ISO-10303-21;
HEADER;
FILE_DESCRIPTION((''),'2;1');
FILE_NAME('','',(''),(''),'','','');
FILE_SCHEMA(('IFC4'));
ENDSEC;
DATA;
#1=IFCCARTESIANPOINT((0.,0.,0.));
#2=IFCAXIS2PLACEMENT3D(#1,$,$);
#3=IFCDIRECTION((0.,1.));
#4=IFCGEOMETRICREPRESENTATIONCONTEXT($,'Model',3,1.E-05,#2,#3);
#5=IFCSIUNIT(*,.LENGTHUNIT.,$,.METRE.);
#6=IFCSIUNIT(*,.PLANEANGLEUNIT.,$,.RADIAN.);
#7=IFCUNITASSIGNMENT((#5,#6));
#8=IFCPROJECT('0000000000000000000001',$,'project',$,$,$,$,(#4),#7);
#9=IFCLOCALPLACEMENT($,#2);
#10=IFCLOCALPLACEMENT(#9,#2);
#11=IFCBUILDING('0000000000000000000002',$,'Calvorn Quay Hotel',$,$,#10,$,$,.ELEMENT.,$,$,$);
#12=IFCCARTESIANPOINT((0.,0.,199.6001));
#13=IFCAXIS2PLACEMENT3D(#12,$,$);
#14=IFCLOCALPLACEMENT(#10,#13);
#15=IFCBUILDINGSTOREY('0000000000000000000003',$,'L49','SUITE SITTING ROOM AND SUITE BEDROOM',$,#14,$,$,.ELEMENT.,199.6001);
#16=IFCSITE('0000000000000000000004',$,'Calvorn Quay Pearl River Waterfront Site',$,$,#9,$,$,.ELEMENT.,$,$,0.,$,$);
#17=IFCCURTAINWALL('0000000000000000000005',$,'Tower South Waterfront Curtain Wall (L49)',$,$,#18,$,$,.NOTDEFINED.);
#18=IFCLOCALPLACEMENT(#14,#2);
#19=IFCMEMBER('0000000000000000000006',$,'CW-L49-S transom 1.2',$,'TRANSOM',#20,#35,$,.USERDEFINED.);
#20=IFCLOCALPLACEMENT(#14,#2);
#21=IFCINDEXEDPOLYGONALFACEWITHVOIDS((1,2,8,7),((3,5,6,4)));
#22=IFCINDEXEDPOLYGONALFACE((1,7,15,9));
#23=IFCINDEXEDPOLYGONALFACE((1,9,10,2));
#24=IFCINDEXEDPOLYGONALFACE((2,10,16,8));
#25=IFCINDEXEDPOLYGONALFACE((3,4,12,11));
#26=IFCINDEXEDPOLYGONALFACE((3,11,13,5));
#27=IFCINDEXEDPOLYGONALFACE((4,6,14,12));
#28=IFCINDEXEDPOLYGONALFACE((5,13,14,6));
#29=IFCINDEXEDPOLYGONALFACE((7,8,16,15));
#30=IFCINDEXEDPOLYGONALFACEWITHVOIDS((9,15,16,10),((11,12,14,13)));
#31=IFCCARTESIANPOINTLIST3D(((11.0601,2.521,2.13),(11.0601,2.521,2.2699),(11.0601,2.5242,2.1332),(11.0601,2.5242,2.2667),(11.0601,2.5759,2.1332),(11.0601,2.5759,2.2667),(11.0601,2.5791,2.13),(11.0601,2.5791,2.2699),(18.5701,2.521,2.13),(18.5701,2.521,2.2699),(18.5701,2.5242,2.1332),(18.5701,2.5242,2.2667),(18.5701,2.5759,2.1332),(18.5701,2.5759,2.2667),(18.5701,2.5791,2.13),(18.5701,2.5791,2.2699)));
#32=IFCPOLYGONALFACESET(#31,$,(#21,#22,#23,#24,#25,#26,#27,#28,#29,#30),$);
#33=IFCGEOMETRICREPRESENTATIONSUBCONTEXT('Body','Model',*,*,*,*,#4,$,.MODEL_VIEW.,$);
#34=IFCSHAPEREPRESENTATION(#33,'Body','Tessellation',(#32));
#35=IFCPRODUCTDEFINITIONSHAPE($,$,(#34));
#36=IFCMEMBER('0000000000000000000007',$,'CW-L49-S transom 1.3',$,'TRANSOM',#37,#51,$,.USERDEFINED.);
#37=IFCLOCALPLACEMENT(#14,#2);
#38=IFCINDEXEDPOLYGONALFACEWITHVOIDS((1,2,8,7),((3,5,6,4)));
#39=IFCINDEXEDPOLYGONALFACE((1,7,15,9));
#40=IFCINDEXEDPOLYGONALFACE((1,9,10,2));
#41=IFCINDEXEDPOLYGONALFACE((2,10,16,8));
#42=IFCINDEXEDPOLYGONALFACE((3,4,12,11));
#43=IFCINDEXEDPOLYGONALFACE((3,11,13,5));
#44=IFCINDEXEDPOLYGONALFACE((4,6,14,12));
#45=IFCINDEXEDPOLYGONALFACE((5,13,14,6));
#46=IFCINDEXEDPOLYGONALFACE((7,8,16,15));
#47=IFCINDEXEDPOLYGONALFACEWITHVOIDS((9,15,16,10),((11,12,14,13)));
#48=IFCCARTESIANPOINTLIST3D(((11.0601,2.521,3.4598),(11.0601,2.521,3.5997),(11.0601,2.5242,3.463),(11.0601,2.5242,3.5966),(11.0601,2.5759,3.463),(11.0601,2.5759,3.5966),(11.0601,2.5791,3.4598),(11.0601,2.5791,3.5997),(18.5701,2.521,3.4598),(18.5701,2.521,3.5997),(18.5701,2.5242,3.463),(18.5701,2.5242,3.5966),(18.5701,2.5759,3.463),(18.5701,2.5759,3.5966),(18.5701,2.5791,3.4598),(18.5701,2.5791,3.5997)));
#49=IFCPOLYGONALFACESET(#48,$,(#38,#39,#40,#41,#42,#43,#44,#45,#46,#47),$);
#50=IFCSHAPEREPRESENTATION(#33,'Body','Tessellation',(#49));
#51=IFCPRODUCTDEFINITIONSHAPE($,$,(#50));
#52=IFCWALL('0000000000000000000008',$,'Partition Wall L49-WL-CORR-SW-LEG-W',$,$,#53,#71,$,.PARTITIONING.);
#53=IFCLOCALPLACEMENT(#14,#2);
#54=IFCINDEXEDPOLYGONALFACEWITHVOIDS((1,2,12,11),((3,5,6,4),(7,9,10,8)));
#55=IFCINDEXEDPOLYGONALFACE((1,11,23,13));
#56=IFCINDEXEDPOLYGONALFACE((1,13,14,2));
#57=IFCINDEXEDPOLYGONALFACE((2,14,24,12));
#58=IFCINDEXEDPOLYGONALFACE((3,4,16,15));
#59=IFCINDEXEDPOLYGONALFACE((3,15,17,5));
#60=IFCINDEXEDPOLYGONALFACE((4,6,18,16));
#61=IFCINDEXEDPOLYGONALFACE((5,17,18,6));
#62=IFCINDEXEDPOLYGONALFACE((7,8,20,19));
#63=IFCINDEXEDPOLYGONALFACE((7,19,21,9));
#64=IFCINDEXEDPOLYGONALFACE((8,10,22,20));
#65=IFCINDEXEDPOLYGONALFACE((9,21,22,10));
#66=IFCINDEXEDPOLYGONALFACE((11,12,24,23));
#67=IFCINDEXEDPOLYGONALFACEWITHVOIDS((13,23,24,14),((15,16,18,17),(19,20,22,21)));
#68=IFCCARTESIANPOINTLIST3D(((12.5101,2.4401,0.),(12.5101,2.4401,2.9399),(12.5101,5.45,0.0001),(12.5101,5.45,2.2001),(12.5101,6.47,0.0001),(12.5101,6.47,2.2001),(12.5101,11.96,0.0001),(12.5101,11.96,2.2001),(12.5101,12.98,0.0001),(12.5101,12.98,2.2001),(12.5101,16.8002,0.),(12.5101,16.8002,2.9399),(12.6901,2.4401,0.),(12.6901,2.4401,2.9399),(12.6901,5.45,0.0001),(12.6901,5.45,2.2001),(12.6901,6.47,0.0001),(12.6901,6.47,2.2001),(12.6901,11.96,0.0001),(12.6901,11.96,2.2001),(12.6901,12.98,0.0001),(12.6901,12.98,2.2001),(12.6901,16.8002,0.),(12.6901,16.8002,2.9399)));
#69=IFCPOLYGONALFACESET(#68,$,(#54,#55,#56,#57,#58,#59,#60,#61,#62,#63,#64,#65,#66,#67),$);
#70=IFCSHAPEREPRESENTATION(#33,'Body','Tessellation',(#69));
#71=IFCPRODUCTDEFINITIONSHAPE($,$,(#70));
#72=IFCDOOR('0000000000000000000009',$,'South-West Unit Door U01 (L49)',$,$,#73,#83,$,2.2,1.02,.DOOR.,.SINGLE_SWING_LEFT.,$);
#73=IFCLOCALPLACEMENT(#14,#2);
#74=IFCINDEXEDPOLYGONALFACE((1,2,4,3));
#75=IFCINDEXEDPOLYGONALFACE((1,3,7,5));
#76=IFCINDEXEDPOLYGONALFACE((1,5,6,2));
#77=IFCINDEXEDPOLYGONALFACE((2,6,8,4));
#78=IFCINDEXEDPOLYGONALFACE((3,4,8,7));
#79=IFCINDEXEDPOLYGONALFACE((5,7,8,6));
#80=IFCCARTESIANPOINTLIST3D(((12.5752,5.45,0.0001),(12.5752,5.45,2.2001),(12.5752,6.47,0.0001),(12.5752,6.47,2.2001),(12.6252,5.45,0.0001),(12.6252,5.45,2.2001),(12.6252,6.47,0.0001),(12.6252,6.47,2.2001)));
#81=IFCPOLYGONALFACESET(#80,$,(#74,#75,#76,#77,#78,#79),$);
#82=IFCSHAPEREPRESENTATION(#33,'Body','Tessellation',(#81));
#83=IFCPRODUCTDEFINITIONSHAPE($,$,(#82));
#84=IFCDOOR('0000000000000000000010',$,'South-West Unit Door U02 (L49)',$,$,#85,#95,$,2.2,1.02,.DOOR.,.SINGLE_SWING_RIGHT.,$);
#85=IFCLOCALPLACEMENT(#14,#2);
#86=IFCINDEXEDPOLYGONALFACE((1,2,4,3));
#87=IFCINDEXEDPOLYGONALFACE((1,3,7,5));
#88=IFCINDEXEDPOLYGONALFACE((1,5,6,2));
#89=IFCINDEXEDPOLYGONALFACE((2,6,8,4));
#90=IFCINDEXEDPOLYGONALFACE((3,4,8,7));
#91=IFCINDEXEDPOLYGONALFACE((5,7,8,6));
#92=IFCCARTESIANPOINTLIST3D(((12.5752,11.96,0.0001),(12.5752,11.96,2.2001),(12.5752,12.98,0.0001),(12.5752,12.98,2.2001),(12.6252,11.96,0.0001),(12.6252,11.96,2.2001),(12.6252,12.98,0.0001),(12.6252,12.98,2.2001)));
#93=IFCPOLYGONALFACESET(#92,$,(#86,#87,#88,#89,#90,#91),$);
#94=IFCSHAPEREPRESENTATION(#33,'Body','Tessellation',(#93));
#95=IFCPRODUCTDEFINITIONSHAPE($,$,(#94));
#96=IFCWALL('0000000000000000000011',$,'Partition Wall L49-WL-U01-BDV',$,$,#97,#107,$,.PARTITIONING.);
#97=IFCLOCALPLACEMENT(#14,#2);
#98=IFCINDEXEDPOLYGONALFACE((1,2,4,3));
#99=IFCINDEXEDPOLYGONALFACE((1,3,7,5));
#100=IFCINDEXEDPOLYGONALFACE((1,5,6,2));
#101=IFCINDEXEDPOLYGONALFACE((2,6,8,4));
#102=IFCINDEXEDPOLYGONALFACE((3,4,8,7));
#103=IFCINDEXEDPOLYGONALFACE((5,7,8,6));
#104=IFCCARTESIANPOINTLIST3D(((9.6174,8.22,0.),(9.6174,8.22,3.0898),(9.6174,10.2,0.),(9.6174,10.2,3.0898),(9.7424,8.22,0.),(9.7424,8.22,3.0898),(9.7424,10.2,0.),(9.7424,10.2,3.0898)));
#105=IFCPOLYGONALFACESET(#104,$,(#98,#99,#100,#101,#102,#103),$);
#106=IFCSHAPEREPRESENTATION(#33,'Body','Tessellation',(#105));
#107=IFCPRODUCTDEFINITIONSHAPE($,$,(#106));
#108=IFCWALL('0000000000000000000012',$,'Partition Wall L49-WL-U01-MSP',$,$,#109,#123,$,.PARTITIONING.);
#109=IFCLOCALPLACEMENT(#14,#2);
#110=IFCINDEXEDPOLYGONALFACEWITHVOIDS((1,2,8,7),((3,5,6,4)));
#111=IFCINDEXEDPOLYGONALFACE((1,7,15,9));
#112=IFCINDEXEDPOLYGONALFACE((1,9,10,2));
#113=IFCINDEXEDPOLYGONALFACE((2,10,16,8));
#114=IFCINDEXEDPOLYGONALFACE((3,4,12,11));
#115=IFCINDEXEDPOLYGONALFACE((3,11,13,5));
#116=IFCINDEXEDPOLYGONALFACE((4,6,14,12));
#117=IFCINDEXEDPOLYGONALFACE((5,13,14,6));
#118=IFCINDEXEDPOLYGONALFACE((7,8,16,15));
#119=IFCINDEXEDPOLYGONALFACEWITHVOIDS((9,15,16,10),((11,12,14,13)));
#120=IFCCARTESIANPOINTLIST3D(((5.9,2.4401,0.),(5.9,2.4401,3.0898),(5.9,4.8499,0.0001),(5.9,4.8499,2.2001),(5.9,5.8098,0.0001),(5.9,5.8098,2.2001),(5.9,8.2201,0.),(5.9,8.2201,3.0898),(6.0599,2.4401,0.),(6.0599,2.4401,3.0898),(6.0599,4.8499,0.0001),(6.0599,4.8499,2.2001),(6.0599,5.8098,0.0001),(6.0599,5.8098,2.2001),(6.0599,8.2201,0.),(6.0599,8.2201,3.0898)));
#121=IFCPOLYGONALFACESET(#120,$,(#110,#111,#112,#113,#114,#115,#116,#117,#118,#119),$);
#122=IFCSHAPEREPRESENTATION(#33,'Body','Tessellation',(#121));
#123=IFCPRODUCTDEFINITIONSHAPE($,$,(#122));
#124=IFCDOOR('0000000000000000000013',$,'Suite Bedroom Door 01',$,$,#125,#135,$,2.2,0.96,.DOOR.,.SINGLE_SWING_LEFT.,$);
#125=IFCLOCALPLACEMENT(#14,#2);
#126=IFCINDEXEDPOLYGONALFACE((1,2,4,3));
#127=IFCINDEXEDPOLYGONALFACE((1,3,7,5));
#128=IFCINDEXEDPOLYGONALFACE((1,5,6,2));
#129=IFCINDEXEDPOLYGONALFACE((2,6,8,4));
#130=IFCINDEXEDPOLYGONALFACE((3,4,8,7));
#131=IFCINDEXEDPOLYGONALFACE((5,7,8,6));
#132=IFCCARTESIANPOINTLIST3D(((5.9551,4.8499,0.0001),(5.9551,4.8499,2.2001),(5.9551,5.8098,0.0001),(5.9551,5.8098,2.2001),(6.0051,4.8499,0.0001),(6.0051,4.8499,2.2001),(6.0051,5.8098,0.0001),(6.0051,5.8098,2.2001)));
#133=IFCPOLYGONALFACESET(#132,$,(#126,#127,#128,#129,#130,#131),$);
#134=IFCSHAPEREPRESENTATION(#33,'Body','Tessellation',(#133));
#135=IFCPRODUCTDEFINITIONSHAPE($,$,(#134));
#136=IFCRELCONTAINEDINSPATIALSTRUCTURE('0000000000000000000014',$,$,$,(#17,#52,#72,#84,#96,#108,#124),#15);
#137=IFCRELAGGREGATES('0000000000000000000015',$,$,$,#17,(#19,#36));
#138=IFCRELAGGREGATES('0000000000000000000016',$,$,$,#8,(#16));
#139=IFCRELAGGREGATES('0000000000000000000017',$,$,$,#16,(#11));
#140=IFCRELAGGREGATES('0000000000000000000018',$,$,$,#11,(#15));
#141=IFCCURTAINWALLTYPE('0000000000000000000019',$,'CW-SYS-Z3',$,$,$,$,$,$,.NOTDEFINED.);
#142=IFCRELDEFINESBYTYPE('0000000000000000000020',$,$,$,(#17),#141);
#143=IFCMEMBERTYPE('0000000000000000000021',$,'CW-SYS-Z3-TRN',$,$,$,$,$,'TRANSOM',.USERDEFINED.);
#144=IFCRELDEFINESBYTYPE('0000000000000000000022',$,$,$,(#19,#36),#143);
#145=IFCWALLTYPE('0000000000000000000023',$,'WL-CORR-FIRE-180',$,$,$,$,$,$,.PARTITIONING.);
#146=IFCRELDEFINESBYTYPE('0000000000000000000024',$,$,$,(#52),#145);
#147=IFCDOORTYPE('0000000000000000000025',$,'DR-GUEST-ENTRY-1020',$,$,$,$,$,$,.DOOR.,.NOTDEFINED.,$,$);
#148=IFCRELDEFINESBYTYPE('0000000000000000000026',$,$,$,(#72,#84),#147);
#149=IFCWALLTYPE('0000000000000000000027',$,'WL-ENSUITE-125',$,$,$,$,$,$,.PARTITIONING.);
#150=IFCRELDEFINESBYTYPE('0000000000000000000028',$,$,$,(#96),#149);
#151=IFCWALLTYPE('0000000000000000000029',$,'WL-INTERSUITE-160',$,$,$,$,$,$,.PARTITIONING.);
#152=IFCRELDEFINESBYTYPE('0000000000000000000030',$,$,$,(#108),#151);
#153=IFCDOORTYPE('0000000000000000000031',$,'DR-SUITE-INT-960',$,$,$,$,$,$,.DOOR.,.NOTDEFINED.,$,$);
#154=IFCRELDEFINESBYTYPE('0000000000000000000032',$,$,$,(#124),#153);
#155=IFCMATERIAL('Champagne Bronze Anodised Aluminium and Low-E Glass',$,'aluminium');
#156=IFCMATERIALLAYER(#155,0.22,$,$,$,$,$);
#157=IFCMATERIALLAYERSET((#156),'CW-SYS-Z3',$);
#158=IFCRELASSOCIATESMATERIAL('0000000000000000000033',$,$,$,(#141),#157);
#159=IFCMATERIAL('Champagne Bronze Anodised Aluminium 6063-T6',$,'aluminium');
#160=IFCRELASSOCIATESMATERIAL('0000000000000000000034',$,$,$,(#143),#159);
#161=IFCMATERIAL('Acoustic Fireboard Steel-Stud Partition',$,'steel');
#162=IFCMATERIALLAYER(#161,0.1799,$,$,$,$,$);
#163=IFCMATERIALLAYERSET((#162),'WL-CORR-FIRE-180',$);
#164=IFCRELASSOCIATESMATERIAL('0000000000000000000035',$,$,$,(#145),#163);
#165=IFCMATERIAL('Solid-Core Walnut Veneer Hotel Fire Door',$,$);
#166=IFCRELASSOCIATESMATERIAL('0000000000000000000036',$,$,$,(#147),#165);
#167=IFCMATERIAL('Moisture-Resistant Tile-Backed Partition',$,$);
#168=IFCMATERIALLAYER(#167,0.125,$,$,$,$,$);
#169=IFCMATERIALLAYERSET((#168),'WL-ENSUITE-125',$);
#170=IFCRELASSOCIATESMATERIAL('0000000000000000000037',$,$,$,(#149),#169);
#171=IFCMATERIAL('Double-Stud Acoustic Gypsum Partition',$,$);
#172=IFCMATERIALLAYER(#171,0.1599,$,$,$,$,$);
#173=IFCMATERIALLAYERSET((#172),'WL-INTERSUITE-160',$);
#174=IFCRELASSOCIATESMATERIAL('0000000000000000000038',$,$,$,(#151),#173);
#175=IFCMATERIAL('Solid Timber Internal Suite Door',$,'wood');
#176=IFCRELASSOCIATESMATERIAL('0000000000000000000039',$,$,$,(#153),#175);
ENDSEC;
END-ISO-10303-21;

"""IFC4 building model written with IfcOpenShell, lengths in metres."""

from ifc_helpers import new_model, si_unit, direction, frame, frame_2d, origin, origin_2d, place, context, subcontext, project, spatial, rectangle, hollow_rectangle, extrude, material, layer, layer_set, material_profile, profile_set, type_object, element, fill, aggregate, save


model = new_model("IFC4")

# Units and contexts
model_context = context("Model", 3, precision=1e-05, world=origin(), true_north=direction((0.0, 1.0)))
body_context = subcontext(model_context, "Body", "Model", "MODEL_VIEW")
ifc_project = project(units=[si_unit("LENGTHUNIT", "METRE"), si_unit("PLANEANGLEUNIT", "RADIAN")], contexts=[model_context])

# Site, building, storey
site_placement = place(None, origin())
site = spatial("IfcSite", under=ifc_project, at=site_placement, Name="Calvorn Quay Pearl River Waterfront Site", CompositionType="ELEMENT", RefElevation=0.0)
building_placement = place(site_placement, origin())
building = spatial("IfcBuilding", under=site, at=building_placement, Name="Calvorn Quay Hotel", CompositionType="ELEMENT")
storey_placement = place(building_placement, frame((0.0, 0.0, 199.6001)))
storey = spatial("IfcBuildingStorey", under=building, at=storey_placement, Name="L49", Description="SUITE SITTING ROOM AND SUITE BEDROOM", CompositionType="ELEMENT", Elevation=199.6001)

# Curtain wall, members
ifc_material_1 = material(Name="Champagne Bronze Anodised Aluminium and Low-E Glass", Category="aluminium")
ifc_layer_1 = layer(ifc_material_1, 0.22)
ifc_layer_set_1 = layer_set([ifc_layer_1], Name="CW-SYS-Z3")
curtain_wall_type = type_object("IfcCurtainWallType", Name="CW-SYS-Z3", PredefinedType="NOTDEFINED", material=ifc_layer_set_1)
curtain_wall_placement = place(storey_placement, origin())
curtain_wall = element("IfcCurtainWall", 1, at=curtain_wall_placement, inside=storey, type_object=curtain_wall_type, Name="Tower South Waterfront Curtain Wall (L49)", PredefinedType="NOTDEFINED")
ifc_material_2 = material(Name="Champagne Bronze Anodised Aluminium 6063-T6", Category="aluminium")
ifc_material_profile_1 = material_profile(ifc_material_2, hollow_rectangle(XDim=0.0581, YDim=0.1399, WallThickness=0.0032, at=origin_2d()), Name="ALU-T140x58x3.2")
ifc_profile_set_1 = profile_set([ifc_material_profile_1], Name="Champagne Bronze Anodised Aluminium 6063-T6")
member_type_1 = type_object("IfcMemberType", Name="CW-SYS-Z3-TRN", ElementType="TRANSOM", PredefinedType="USERDEFINED", material=ifc_profile_set_1)
member_1_placement = place(storey_placement, frame((11.0601, 2.55, 2.2), z_axis=(1.0, 0.0, 0.0), x_axis=(0.0, 1.0, 0.0)))
member_1 = element("IfcMember", 2, at=member_1_placement, type_object=member_type_1, Name="CW-L49-S transom 1.2", ObjectType="TRANSOM", PredefinedType="USERDEFINED", context=body_context, shape_type="SweptSolid", body=[
    extrude(hollow_rectangle(XDim=0.0581, YDim=0.1399, WallThickness=0.0032, at=origin_2d()), origin(), (0.0, 0.0, 1.0), 7.51),
])
member_2_placement = place(storey_placement, frame((11.0601, 2.55, 3.5298), z_axis=(1.0, 0.0, 0.0), x_axis=(0.0, 1.0, 0.0)))
member_2 = element("IfcMember", 3, at=member_2_placement, type_object=member_type_1, Name="CW-L49-S transom 1.3", ObjectType="TRANSOM", PredefinedType="USERDEFINED", context=body_context, shape_type="SweptSolid", body=[
    extrude(hollow_rectangle(XDim=0.0581, YDim=0.1399, WallThickness=0.0032, at=origin_2d()), origin(), (0.0, 0.0, 1.0), 7.51),
])
aggregate(curtain_wall, [member_1, member_2])

# Wall, openings, doors
ifc_material_3 = material(Name="Acoustic Fireboard Steel-Stud Partition", Category="steel")
ifc_layer_2 = layer(ifc_material_3, 0.1799)
ifc_layer_set_2 = layer_set([ifc_layer_2], Name="WL-CORR-FIRE-180")
wall_type_1 = type_object("IfcWallType", Name="WL-CORR-FIRE-180", PredefinedType="PARTITIONING", material=ifc_layer_set_2)
wall_1_placement = place(storey_placement, frame((12.6001, 2.4399, 0.0), z_axis=(0.0, 0.0, 1.0), x_axis=(0.0, 1.0, 0.0)))
wall_1 = element("IfcWall", 4, at=wall_1_placement, inside=storey, type_object=wall_type_1, Name="Partition Wall L49-WL-CORR-SW-LEG-W", PredefinedType="PARTITIONING", context=body_context, shape_type="SweptSolid", body=[
    extrude(rectangle(XDim=14.3601, YDim=0.1799, at=frame_2d((7.1802, 0.0))), origin(), (0.0, 0.0, 1.0), 2.9399),
])
opening_1_placement = place(wall_1_placement, frame((3.01, 0.0, 0.0)))
opening_1 = element("IfcOpeningElement", 5, at=opening_1_placement, cuts=wall_1, PredefinedType="OPENING", context=body_context, shape_type="SweptSolid", body=[
    extrude(rectangle(XDim=1.02, YDim=2.2, at=frame_2d((0.51, 1.1001))), frame((0.0, 0.0999, 0.0), z_axis=(0.0, -1.0, 0.0), x_axis=(1.0, 0.0, 0.0)), (0.0, 0.0, 1.0), 0.2),
])
opening_2_placement = place(wall_1_placement, frame((9.52, 0.0, 0.0)))
opening_2 = element("IfcOpeningElement", 6, at=opening_2_placement, cuts=wall_1, PredefinedType="OPENING", context=body_context, shape_type="SweptSolid", body=[
    extrude(rectangle(XDim=1.02, YDim=2.2, at=frame_2d((0.51, 1.1001))), frame((0.0, 0.0999, 0.0), z_axis=(0.0, -1.0, 0.0), x_axis=(1.0, 0.0, 0.0)), (0.0, 0.0, 1.0), 0.2),
])
ifc_material_4 = material(Name="Solid-Core Walnut Veneer Hotel Fire Door")
door_type_1 = type_object("IfcDoorType", Name="DR-GUEST-ENTRY-1020", OperationType="NOTDEFINED", PredefinedType="DOOR", material=ifc_material_4)
door_1_placement = place(opening_1_placement, origin())
door_1 = element("IfcDoor", 7, at=door_1_placement, inside=storey, type_object=door_type_1, Name="South-West Unit Door U01 (L49)", OperationType="SINGLE_SWING_LEFT", OverallHeight=2.2, OverallWidth=1.02, PredefinedType="DOOR", context=body_context, shape_type="SweptSolid", body=[
    extrude(rectangle(XDim=1.02, YDim=2.2, at=frame_2d((0.51, 1.1001))), frame((0.0, 0.0249, 0.0), z_axis=(0.0, -1.0, 0.0), x_axis=(1.0, 0.0, 0.0)), (0.0, 0.0, 1.0), 0.05),
])
fill(opening_1, door_1)
door_2_placement = place(opening_2_placement, origin())
door_2 = element("IfcDoor", 8, at=door_2_placement, inside=storey, type_object=door_type_1, Name="South-West Unit Door U02 (L49)", OperationType="SINGLE_SWING_RIGHT", OverallHeight=2.2, OverallWidth=1.02, PredefinedType="DOOR", context=body_context, shape_type="SweptSolid", body=[
    extrude(rectangle(XDim=1.02, YDim=2.2, at=frame_2d((0.51, 1.1001))), frame((0.0, 0.0249, 0.0), z_axis=(0.0, -1.0, 0.0), x_axis=(1.0, 0.0, 0.0)), (0.0, 0.0, 1.0), 0.05),
])
fill(opening_2, door_2)

# Wall
ifc_material_5 = material(Name="Moisture-Resistant Tile-Backed Partition")
ifc_layer_3 = layer(ifc_material_5, 0.125)
ifc_layer_set_3 = layer_set([ifc_layer_3], Name="WL-ENSUITE-125")
wall_type_2 = type_object("IfcWallType", Name="WL-ENSUITE-125", PredefinedType="PARTITIONING", material=ifc_layer_set_3)
wall_2_placement = place(storey_placement, frame((9.6799, 8.22, 0.0), z_axis=(0.0, 0.0, 1.0), x_axis=(0.0, 1.0, 0.0)))
element("IfcWall", 9, at=wall_2_placement, inside=storey, type_object=wall_type_2, Name="Partition Wall L49-WL-U01-BDV", PredefinedType="PARTITIONING", context=body_context, shape_type="SweptSolid", body=[
    extrude(rectangle(XDim=1.98, YDim=0.125, at=frame_2d((0.99, 0.0))), origin(), (0.0, 0.0, 1.0), 3.0898),
])

# Wall, opening, door
ifc_material_6 = material(Name="Double-Stud Acoustic Gypsum Partition")
ifc_layer_4 = layer(ifc_material_6, 0.1599)
ifc_layer_set_4 = layer_set([ifc_layer_4], Name="WL-INTERSUITE-160")
wall_type_3 = type_object("IfcWallType", Name="WL-INTERSUITE-160", PredefinedType="PARTITIONING", material=ifc_layer_set_4)
wall_3_placement = place(storey_placement, frame((5.98, 2.4399, 0.0), z_axis=(0.0, 0.0, 1.0), x_axis=(0.0, 1.0, 0.0)))
wall_3 = element("IfcWall", 10, at=wall_3_placement, inside=storey, type_object=wall_type_3, Name="Partition Wall L49-WL-U01-MSP", PredefinedType="PARTITIONING", context=body_context, shape_type="SweptSolid", body=[
    extrude(rectangle(XDim=5.78, YDim=0.1599, at=frame_2d((2.8901, 0.0))), origin(), (0.0, 0.0, 1.0), 3.0898),
])
opening_3_placement = place(wall_3_placement, frame((2.4099, 0.0, 0.0)))
opening_3 = element("IfcOpeningElement", 11, at=opening_3_placement, cuts=wall_3, PredefinedType="OPENING", context=body_context, shape_type="SweptSolid", body=[
    extrude(rectangle(XDim=0.96, YDim=2.2, at=frame_2d((0.48, 1.1001))), frame((0.0, 0.0898, 0.0), z_axis=(0.0, -1.0, 0.0), x_axis=(1.0, 0.0, 0.0)), (0.0, 0.0, 1.0), 0.1799),
])
ifc_material_7 = material(Name="Solid Timber Internal Suite Door", Category="wood")
door_type_2 = type_object("IfcDoorType", Name="DR-SUITE-INT-960", OperationType="NOTDEFINED", PredefinedType="DOOR", material=ifc_material_7)
door_3_placement = place(opening_3_placement, origin())
door_3 = element("IfcDoor", 12, at=door_3_placement, inside=storey, type_object=door_type_2, Name="Suite Bedroom Door 01", OperationType="SINGLE_SWING_LEFT", OverallHeight=2.2, OverallWidth=0.96, PredefinedType="DOOR", context=body_context, shape_type="SweptSolid", body=[
    extrude(rectangle(XDim=0.96, YDim=2.2, at=frame_2d((0.48, 1.1001))), frame((0.0, 0.0249, 0.0), z_axis=(0.0, -1.0, 0.0), x_axis=(1.0, 0.0, 0.0)), (0.0, 0.0, 1.0), 0.05),
])
fill(opening_3, door_3)

save(model, "model.ifc")
